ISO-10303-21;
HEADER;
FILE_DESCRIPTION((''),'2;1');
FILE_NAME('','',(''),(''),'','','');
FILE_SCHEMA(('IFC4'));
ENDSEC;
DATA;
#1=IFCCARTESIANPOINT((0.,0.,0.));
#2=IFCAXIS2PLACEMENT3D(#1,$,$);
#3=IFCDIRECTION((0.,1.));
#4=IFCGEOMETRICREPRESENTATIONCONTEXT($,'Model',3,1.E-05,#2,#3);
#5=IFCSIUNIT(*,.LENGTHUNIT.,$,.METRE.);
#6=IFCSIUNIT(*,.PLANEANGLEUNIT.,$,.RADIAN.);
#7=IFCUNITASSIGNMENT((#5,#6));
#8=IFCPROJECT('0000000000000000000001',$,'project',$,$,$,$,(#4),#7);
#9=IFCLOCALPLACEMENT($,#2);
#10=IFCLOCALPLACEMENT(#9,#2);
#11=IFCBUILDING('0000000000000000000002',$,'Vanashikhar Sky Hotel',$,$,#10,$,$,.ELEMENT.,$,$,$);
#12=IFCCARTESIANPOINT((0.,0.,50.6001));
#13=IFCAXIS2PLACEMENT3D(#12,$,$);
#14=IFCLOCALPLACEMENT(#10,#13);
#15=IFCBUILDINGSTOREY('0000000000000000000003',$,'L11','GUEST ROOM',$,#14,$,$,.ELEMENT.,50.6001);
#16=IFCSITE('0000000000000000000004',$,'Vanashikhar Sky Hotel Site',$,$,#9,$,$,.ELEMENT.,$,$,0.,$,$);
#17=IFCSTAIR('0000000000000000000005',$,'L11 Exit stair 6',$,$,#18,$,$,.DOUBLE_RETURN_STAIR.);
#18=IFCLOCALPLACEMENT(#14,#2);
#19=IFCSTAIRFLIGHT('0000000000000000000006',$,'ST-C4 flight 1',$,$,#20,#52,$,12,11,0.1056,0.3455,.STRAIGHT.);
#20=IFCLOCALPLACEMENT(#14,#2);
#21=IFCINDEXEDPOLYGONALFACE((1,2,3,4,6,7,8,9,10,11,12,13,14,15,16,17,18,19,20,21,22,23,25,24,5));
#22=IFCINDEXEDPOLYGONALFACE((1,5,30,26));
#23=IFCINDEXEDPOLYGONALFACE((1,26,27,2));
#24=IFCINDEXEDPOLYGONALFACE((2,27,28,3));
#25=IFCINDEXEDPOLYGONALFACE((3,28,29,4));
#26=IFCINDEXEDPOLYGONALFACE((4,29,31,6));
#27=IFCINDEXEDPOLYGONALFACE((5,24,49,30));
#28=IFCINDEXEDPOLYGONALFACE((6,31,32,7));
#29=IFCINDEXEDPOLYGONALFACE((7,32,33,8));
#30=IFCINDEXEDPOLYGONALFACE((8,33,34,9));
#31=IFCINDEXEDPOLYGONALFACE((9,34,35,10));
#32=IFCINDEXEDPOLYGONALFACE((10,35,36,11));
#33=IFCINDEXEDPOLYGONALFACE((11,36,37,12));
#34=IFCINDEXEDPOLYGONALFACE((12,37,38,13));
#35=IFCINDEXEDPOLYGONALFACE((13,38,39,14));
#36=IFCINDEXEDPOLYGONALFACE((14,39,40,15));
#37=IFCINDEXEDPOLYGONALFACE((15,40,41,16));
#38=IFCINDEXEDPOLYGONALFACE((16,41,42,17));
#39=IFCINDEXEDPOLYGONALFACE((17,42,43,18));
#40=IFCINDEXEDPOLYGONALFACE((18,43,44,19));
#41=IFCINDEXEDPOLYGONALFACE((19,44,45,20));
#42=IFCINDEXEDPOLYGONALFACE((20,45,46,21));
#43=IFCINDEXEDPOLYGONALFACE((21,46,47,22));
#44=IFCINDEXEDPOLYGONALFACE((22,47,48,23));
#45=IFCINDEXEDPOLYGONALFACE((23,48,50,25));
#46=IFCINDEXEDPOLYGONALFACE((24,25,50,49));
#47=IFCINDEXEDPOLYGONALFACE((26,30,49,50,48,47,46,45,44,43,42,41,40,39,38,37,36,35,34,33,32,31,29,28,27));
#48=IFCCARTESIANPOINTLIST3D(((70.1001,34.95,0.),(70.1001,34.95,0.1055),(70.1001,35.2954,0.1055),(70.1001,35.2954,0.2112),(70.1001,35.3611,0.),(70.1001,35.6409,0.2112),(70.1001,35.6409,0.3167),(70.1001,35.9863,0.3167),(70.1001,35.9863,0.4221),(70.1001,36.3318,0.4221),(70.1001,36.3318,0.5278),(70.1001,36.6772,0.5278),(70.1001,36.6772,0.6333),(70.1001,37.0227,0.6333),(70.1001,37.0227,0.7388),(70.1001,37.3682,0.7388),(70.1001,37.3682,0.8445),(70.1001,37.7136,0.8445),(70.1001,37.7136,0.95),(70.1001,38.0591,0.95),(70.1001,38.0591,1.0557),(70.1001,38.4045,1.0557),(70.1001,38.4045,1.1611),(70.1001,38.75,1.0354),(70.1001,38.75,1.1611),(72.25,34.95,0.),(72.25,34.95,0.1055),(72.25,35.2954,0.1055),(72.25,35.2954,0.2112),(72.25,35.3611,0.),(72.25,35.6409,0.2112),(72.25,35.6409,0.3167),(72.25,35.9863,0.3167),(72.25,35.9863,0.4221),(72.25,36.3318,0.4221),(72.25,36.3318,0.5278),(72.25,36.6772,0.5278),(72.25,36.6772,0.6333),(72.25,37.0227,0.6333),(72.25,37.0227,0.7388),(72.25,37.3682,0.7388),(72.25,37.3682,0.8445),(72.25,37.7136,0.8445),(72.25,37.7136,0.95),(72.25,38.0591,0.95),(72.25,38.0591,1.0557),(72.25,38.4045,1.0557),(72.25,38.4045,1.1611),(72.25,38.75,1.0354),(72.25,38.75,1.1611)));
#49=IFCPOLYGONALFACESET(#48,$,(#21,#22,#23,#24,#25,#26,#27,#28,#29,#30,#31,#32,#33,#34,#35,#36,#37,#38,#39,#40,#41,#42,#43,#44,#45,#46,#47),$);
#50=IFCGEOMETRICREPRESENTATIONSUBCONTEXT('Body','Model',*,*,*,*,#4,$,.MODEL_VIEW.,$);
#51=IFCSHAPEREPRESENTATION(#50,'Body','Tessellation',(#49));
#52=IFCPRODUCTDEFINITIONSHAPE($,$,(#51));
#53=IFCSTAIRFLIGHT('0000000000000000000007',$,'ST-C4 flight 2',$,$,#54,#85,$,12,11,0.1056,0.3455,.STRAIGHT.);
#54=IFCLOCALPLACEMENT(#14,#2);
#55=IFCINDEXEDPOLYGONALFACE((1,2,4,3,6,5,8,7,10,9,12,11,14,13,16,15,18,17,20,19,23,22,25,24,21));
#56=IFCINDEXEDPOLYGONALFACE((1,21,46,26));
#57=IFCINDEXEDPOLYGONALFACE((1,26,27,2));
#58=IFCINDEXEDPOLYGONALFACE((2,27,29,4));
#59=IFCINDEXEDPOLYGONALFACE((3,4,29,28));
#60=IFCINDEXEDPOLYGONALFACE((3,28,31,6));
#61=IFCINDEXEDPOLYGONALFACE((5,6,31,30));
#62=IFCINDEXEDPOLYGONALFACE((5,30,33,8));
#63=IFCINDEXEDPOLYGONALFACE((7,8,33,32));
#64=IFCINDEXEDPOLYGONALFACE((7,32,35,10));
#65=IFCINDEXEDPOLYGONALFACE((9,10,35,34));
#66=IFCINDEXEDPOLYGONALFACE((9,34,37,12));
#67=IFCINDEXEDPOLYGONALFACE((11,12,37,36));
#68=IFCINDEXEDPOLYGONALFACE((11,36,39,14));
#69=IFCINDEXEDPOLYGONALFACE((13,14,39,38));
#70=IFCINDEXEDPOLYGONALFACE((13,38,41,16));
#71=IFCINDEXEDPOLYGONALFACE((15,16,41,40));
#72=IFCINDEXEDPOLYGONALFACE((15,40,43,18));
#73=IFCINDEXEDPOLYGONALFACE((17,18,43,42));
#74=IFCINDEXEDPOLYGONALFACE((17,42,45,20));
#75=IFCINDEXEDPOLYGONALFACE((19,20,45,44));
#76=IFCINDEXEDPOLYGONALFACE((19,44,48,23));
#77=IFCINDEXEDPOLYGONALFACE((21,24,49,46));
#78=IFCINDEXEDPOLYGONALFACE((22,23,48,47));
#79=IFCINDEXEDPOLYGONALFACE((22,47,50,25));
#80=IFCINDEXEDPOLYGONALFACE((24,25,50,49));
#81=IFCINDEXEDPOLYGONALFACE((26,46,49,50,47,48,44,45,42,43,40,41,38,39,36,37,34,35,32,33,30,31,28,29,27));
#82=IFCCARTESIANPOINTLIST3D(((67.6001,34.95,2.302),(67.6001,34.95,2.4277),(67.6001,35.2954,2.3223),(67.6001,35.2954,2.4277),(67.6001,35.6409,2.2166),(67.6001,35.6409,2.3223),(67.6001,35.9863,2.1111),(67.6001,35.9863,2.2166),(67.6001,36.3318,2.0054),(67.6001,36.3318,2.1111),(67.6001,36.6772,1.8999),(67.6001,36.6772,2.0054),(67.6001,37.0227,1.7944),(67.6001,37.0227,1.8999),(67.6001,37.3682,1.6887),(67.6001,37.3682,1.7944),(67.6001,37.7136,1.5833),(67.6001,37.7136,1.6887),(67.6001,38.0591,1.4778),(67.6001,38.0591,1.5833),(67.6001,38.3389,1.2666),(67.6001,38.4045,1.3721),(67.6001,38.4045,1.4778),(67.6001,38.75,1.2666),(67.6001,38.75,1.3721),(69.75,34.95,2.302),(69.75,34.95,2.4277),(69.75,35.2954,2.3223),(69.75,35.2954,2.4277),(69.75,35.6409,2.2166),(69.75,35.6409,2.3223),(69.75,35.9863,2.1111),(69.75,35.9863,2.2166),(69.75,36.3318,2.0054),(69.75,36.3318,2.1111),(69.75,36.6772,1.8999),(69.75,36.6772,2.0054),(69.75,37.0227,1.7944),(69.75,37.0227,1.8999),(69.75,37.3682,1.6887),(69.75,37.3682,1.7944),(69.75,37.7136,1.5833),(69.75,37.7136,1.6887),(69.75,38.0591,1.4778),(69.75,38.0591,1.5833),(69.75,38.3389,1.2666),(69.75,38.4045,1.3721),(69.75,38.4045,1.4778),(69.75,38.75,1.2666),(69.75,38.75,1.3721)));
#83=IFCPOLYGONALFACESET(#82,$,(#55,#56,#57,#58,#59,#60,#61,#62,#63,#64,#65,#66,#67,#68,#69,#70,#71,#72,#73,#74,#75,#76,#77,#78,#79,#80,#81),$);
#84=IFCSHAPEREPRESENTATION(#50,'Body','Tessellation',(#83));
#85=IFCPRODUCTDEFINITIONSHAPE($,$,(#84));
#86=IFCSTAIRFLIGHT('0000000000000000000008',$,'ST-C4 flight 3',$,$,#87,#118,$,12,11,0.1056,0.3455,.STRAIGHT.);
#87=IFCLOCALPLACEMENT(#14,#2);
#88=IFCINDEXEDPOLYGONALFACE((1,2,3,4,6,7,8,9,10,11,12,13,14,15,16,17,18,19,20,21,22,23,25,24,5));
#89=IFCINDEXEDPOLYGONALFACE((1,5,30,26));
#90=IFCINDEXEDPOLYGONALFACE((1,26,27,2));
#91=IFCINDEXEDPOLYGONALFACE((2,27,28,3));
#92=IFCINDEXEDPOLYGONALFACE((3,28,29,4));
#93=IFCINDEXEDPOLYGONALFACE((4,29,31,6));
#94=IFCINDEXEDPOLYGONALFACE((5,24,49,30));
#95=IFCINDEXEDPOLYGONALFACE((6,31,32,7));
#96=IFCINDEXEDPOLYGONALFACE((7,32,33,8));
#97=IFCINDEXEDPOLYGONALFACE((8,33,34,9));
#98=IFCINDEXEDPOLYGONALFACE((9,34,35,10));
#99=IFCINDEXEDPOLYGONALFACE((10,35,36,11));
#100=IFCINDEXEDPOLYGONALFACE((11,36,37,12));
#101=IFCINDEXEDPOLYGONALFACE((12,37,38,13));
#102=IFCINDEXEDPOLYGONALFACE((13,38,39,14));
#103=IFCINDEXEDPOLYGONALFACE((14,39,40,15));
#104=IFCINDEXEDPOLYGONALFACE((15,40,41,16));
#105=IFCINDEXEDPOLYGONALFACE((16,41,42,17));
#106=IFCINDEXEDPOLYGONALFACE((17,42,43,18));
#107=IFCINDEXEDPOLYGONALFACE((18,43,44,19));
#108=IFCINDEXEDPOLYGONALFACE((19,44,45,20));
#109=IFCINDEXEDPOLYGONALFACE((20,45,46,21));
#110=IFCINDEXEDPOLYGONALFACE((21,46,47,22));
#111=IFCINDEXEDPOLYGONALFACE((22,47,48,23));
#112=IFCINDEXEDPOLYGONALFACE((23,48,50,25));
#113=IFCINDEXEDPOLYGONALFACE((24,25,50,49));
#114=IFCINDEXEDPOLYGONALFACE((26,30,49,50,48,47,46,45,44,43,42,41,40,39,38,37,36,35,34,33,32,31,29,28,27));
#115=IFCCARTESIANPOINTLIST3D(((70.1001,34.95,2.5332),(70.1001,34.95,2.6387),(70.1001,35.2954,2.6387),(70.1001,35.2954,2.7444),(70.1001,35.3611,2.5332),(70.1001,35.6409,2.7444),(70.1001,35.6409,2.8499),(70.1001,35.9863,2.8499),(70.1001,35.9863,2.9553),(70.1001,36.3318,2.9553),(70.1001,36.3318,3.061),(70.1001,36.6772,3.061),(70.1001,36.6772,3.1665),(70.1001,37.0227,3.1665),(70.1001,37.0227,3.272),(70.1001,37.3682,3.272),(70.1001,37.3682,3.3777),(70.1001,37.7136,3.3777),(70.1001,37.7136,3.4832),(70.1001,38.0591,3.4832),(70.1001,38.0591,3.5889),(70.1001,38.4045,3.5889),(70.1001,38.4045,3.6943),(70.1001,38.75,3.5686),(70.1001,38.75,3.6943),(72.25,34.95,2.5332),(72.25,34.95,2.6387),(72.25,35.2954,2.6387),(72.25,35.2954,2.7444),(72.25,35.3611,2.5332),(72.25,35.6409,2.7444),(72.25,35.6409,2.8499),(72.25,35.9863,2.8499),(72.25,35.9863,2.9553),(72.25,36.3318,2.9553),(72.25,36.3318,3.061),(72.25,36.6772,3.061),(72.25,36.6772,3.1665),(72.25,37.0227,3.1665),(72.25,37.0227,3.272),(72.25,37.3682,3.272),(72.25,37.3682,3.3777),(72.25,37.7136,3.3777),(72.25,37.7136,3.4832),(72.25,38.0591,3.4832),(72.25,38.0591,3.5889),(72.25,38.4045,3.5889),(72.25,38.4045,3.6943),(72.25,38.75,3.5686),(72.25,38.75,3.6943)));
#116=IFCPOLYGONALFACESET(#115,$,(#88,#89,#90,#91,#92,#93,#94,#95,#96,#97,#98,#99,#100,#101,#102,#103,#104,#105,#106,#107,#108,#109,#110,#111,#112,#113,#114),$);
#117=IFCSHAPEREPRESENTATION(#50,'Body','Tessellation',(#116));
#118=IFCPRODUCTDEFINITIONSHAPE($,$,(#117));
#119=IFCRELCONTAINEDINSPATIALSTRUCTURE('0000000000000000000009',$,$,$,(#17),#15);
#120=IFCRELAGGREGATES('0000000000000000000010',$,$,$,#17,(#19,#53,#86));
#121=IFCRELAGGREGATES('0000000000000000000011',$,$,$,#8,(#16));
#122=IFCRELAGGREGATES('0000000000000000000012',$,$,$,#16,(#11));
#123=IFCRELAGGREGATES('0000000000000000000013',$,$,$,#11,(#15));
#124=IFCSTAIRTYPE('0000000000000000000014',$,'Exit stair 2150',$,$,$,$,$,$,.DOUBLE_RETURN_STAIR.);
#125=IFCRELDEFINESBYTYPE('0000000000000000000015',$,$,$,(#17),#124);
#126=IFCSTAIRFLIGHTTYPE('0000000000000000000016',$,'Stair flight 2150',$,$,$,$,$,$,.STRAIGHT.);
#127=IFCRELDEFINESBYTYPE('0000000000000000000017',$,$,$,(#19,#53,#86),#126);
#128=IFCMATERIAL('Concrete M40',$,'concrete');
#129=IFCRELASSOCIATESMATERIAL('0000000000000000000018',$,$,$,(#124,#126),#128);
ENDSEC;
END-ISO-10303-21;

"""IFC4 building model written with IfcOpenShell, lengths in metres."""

from ifc_helpers import new_model, si_unit, direction, frame, origin, place, context, subcontext, project, spatial, polyline, outline, extrude, source, transform, mapped, material, type_object, element, aggregate, save


model = new_model("IFC4")

# Units and contexts
model_context = context("Model", 3, precision=1e-05, world=origin(), true_north=direction((0.0, 1.0)))
body_context = subcontext(model_context, "Body", "Model", "MODEL_VIEW")
ifc_project = project(units=[si_unit("LENGTHUNIT", "METRE"), si_unit("PLANEANGLEUNIT", "RADIAN")], contexts=[model_context])

# Site, building, storey
site_placement = place(None, origin())
site = spatial("IfcSite", under=ifc_project, at=site_placement, Name="Vanashikhar Sky Hotel Site", CompositionType="ELEMENT", RefElevation=0.0)
building_placement = place(site_placement, origin())
building = spatial("IfcBuilding", under=site, at=building_placement, Name="Vanashikhar Sky Hotel", CompositionType="ELEMENT")
storey_placement = place(building_placement, frame((0.0, 0.0, 50.6001)))
storey = spatial("IfcBuildingStorey", under=building, at=storey_placement, Name="L11", Description="GUEST ROOM", CompositionType="ELEMENT", Elevation=50.6001)

# Shared definitions
ifc_material_1 = material(Name="Concrete M40", Category="concrete")

# Stair, stair flights
stair_type = type_object("IfcStairType", Name="Exit stair 2150", PredefinedType="DOUBLE_RETURN_STAIR", material=ifc_material_1)
stair_flight_type = type_object("IfcStairFlightType", Name="Stair flight 2150", PredefinedType="STRAIGHT", material=ifc_material_1)
shared_shape_1 = source(origin(), body_context, "Body", "SweptSolid", [
    extrude(outline(polyline([(0.0, 0.0), (0.0, 0.1055), (0.3455, 0.1055), (0.3455, 0.2112), (0.6909, 0.2112), (0.6909, 0.3167), (1.0364, 0.3167), (1.0364, 0.4221), (1.3818, 0.4221), (1.3818, 0.5278), (1.7273, 0.5278), (1.7273, 0.6333), (2.0728, 0.6333), (2.0728, 0.7388), (2.4182, 0.7388), (2.4182, 0.8445), (2.7637, 0.8445), (2.7637, 0.95), (3.1091, 0.95), (3.1091, 1.0557), (3.4546, 1.0557), (3.4546, 1.1611), (3.8, 1.1611), (3.8, 1.2666), (3.8, 1.0354), (0.4111, 0.0), (0.0, 0.0)])), frame((0.0, 1.075, 0.0), z_axis=(0.0, -1.0, 0.0), x_axis=(1.0, 0.0, 0.0)), (0.0, 0.0, 1.0), 2.1499),
])
stair_1_placement = place(storey_placement, origin())
stair_1 = element("IfcStair", 1, at=stair_1_placement, inside=storey, type_object=stair_type, Name="L11 Exit stair 6", PredefinedType="DOUBLE_RETURN_STAIR")
stair_flight_1_placement = place(storey_placement, frame((71.175, 34.95, 0.0), z_axis=(0.0, 0.0, 1.0), x_axis=(0.0, 1.0, 0.0)))
stair_flight_1 = element("IfcStairFlight", 2, at=stair_flight_1_placement, type_object=stair_flight_type, Name="ST-C4 flight 1", NumberOfRisers=12, NumberOfTreads=11, PredefinedType="STRAIGHT", RiserHeight=0.1056, TreadLength=0.3455, context=body_context, shape_type="MappedRepresentation", body=[
    mapped(shared_shape_1, transform((0.0, 0.0, 0.0), scale=1.0)),
])
stair_flight_2_placement = place(storey_placement, frame((68.675, 38.75, 1.2666), z_axis=(0.0, 0.0, 1.0), x_axis=(0.0, -1.0, 0.0)))
stair_flight_2 = element("IfcStairFlight", 3, at=stair_flight_2_placement, type_object=stair_flight_type, Name="ST-C4 flight 2", NumberOfRisers=12, NumberOfTreads=11, PredefinedType="STRAIGHT", RiserHeight=0.1056, TreadLength=0.3455, context=body_context, shape_type="MappedRepresentation", body=[
    mapped(shared_shape_1, transform((0.0, 0.0, 0.0), scale=1.0)),
])
stair_flight_3_placement = place(storey_placement, frame((71.175, 34.95, 2.5332), z_axis=(0.0, 0.0, 1.0), x_axis=(0.0, 1.0, 0.0)))
stair_flight_3 = element("IfcStairFlight", 4, at=stair_flight_3_placement, type_object=stair_flight_type, Name="ST-C4 flight 3", NumberOfRisers=12, NumberOfTreads=11, PredefinedType="STRAIGHT", RiserHeight=0.1056, TreadLength=0.3455, context=body_context, shape_type="MappedRepresentation", body=[
    mapped(shared_shape_1, transform((0.0, 0.0, 0.0), scale=1.0)),
])
aggregate(stair_1, [stair_flight_1, stair_flight_2, stair_flight_3])

save(model, "model.ifc")
